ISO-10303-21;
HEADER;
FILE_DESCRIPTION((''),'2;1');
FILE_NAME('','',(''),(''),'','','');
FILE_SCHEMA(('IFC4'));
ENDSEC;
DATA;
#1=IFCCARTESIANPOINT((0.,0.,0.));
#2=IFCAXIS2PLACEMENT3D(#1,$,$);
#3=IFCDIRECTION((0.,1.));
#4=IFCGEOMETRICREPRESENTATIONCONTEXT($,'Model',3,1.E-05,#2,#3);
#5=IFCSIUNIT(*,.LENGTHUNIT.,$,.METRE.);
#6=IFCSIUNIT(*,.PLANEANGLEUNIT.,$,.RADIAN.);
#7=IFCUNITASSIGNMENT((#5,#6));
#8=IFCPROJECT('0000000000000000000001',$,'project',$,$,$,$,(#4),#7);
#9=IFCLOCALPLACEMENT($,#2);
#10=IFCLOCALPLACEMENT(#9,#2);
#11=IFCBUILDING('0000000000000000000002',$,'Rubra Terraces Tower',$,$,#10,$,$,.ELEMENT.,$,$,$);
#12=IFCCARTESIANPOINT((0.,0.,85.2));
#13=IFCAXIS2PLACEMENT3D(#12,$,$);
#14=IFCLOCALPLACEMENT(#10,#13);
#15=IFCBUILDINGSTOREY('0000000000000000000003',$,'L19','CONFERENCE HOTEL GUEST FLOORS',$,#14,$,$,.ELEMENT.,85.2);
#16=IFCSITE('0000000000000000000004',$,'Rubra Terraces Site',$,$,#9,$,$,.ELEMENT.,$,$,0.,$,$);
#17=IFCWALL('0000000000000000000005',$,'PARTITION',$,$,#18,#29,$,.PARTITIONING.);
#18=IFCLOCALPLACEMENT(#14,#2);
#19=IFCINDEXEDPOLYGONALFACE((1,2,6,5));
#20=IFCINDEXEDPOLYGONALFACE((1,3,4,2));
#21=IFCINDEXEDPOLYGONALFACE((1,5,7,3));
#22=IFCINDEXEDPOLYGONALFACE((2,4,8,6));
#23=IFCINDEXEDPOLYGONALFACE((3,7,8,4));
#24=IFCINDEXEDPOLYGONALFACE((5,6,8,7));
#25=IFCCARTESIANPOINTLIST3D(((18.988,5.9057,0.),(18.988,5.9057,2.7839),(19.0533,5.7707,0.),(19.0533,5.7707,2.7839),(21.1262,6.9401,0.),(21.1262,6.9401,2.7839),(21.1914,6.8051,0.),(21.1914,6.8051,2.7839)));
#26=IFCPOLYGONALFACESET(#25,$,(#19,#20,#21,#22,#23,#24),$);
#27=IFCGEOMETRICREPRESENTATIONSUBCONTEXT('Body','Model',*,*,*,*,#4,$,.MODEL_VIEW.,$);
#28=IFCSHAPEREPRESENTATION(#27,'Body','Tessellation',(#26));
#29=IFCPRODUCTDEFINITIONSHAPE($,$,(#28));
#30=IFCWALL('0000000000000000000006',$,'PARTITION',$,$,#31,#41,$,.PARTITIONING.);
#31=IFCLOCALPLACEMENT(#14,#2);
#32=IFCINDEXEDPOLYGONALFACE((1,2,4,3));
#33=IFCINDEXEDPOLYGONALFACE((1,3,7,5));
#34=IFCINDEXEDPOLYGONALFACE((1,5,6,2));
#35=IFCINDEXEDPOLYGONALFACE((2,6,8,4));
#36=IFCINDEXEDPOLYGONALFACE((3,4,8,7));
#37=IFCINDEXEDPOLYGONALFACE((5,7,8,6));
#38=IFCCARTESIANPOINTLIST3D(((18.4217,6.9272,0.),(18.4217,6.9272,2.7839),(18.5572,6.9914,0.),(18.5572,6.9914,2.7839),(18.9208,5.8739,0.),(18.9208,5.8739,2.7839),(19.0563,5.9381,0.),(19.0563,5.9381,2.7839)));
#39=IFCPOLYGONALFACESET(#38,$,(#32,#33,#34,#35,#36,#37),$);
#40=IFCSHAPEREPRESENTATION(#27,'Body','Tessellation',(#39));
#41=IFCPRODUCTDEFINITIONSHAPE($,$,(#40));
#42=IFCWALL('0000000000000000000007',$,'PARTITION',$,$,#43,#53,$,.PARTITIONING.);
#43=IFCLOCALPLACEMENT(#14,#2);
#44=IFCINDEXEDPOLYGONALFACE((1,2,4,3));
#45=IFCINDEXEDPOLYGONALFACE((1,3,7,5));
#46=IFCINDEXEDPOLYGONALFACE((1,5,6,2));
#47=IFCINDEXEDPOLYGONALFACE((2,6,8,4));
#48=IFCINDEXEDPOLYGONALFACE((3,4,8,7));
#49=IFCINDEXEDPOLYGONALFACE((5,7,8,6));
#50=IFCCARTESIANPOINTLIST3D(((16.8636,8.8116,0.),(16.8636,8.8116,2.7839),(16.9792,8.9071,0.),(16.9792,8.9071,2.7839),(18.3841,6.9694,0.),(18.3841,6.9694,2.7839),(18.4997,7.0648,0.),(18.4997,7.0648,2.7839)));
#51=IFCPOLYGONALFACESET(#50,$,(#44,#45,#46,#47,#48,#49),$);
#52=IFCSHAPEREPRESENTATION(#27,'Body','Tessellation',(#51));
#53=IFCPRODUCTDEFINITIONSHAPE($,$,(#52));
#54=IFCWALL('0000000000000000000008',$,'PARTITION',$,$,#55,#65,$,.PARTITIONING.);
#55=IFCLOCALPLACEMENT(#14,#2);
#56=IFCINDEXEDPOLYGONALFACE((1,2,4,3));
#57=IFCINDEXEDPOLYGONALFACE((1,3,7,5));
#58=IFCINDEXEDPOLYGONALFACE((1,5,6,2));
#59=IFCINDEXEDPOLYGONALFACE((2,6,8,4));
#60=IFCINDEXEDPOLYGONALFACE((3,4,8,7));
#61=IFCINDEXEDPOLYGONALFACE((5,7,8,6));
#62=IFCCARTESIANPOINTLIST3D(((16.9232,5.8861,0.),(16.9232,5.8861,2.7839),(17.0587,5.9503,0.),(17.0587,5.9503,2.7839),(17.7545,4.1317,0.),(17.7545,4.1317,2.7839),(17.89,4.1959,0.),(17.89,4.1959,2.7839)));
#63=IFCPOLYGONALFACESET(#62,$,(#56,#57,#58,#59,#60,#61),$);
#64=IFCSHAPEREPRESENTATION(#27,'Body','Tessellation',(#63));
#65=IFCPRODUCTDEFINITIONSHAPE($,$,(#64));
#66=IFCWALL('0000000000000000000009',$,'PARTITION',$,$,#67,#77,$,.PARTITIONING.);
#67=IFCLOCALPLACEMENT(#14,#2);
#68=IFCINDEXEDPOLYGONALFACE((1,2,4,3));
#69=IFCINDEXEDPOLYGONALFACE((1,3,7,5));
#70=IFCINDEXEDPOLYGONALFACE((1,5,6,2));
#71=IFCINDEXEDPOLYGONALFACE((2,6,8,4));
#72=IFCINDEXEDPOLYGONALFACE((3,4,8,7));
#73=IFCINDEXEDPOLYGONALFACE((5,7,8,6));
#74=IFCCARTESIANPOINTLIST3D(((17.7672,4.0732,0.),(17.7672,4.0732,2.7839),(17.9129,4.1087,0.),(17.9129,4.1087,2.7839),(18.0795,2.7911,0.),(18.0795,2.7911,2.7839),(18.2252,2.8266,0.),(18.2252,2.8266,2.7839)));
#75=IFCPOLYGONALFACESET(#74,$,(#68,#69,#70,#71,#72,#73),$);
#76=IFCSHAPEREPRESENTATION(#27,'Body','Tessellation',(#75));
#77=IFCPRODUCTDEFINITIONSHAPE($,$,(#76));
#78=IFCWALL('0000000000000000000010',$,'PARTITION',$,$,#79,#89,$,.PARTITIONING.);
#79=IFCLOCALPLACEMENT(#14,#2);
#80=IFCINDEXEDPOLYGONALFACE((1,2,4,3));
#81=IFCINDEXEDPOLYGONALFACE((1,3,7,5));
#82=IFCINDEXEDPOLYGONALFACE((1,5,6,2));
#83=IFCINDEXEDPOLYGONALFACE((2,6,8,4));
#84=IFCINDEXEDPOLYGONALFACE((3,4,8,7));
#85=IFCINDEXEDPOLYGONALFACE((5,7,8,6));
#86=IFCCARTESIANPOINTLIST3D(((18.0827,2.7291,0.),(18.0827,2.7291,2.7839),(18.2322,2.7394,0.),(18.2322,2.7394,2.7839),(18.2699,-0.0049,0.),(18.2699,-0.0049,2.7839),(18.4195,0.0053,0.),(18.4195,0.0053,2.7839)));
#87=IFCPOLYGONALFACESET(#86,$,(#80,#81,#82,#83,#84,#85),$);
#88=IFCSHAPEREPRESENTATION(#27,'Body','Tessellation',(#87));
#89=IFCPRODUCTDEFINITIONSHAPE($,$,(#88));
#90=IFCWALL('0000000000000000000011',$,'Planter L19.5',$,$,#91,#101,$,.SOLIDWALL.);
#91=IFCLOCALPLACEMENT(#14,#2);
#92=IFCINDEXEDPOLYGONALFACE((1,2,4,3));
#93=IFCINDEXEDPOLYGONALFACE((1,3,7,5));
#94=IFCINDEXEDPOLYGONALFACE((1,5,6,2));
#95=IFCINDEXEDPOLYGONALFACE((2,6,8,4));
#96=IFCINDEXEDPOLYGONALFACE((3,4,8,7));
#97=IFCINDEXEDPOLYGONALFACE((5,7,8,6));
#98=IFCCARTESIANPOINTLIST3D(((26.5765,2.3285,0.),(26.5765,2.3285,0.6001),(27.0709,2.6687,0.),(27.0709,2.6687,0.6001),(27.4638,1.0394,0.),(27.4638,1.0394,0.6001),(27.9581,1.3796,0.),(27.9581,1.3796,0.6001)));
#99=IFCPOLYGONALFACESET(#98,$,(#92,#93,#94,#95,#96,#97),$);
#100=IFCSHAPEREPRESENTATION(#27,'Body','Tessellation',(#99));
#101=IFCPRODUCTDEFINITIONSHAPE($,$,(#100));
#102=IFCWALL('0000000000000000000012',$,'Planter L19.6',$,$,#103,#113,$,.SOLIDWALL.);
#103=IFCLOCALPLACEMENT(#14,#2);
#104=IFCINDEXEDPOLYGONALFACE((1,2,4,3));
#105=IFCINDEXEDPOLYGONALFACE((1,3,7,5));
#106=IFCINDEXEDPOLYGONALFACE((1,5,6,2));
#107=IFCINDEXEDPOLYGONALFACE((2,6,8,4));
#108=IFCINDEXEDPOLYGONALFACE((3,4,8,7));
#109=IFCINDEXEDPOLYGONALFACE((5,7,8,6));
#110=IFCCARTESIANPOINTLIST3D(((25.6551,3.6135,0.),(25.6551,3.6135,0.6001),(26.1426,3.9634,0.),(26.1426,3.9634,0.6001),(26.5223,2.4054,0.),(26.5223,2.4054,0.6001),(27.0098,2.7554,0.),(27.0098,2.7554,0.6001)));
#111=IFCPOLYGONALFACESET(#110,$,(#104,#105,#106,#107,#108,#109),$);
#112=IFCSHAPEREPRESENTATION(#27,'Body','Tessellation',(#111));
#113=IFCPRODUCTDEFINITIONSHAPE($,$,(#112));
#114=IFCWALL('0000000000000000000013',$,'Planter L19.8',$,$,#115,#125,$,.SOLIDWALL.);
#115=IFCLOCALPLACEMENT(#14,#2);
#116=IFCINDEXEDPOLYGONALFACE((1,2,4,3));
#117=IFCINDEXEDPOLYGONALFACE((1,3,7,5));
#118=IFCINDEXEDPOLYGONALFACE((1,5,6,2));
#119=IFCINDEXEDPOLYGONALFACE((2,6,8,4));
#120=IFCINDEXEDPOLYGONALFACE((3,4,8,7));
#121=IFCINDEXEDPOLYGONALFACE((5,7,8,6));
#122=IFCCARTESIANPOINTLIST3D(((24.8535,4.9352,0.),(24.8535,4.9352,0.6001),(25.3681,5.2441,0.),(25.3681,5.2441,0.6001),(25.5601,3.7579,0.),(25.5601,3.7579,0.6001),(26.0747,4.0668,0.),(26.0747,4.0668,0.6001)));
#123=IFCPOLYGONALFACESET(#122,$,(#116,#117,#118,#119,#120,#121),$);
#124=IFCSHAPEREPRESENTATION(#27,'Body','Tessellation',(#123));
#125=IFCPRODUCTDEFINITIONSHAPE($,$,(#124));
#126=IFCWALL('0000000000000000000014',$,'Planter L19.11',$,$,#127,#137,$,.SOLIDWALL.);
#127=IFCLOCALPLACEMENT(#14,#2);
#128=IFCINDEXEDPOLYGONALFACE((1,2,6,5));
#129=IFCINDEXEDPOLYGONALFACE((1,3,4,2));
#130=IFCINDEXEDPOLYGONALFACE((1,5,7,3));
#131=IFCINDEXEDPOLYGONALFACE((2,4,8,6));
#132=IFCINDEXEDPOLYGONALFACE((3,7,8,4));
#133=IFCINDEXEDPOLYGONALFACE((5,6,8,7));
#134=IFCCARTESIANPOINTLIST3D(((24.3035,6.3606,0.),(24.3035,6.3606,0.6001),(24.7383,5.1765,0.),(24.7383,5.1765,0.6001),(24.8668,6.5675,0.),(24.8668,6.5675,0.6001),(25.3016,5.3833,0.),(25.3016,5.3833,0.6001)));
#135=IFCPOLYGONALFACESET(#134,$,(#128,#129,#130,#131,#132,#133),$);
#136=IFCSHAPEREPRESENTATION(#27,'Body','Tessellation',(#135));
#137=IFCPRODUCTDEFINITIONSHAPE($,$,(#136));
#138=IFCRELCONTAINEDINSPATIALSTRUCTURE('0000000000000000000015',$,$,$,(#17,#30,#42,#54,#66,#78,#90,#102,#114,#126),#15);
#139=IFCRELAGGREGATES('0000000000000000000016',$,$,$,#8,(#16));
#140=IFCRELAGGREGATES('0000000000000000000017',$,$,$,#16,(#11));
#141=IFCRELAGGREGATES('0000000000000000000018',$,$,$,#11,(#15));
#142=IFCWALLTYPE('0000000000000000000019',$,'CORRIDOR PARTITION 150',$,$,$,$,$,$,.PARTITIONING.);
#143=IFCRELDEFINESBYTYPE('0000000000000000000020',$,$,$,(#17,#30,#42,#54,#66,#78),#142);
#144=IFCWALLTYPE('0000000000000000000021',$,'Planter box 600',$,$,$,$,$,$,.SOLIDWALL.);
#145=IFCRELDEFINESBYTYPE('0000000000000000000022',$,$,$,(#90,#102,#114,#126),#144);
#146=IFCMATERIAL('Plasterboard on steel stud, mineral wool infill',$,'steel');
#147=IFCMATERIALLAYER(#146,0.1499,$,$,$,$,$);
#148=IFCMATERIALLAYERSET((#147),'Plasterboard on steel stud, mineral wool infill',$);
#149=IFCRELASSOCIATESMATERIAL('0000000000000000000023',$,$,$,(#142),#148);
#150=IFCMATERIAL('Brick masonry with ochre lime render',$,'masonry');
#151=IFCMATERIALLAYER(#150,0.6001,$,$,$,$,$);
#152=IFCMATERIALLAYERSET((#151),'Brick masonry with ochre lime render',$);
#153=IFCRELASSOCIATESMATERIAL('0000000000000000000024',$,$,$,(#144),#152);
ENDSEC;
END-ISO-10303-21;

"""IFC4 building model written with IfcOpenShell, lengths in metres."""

from ifc_helpers import new_model, si_unit, direction, frame, frame_2d, origin, place, context, subcontext, project, spatial, rectangle, extrude, material, layer, layer_set, type_object, element, save


model = new_model("IFC4")

# Units and contexts
model_context = context("Model", 3, precision=1e-05, world=origin(), true_north=direction((0.0, 1.0)))
body_context = subcontext(model_context, "Body", "Model", "MODEL_VIEW")
ifc_project = project(units=[si_unit("LENGTHUNIT", "METRE"), si_unit("PLANEANGLEUNIT", "RADIAN")], contexts=[model_context])

# Site, building, storey
site_placement = place(None, origin())
site = spatial("IfcSite", under=ifc_project, at=site_placement, Name="Rubra Terraces Site", CompositionType="ELEMENT", RefElevation=0.0)
building_placement = place(site_placement, origin())
building = spatial("IfcBuilding", under=site, at=building_placement, Name="Rubra Terraces Tower", CompositionType="ELEMENT")
storey_placement = place(building_placement, frame((0.0, 0.0, 85.2)))
storey = spatial("IfcBuildingStorey", under=building, at=storey_placement, Name="L19", Description="CONFERENCE HOTEL GUEST FLOORS", CompositionType="ELEMENT", Elevation=85.2)

# Walls
ifc_material_1 = material(Name="Plasterboard on steel stud, mineral wool infill", Category="steel")
ifc_layer_1 = layer(ifc_material_1, 0.1499)
ifc_layer_set_1 = layer_set([ifc_layer_1], Name="Plasterboard on steel stud, mineral wool infill")
wall_type_1 = type_object("IfcWallType", Name="CORRIDOR PARTITION 150", PredefinedType="PARTITIONING", material=ifc_layer_set_1)
wall_1_placement = place(storey_placement, frame((21.1587, 6.8726, 0.0), z_axis=(0.0, 0.0, 1.0), x_axis=(-0.900189, -0.435499, 0.0)))
element("IfcWall", 1, at=wall_1_placement, inside=storey, type_object=wall_type_1, Name="PARTITION", PredefinedType="PARTITIONING", context=body_context, shape_type="SweptSolid", body=[
    extrude(rectangle(XDim=2.3752, YDim=0.1499, at=frame_2d((1.1875, 0.0))), origin(), (0.0, 0.0, 1.0), 2.7839),
])
wall_2_placement = place(storey_placement, frame((18.9885, 5.906, 0.0), z_axis=(0.0, 0.0, 1.0), x_axis=(-0.428176, 0.903695, 0.0)))
element("IfcWall", 2, at=wall_2_placement, inside=storey, type_object=wall_type_1, Name="PARTITION", PredefinedType="PARTITIONING", context=body_context, shape_type="SweptSolid", body=[
    extrude(rectangle(XDim=1.1655, YDim=0.1499, at=frame_2d((0.5828, 0.0))), origin(), (0.0, 0.0, 1.0), 2.7839),
])
wall_3_placement = place(storey_placement, frame((18.4419, 7.0171, 0.0), z_axis=(0.0, 0.0, 1.0), x_axis=(-0.636538, 0.771245, 0.0)))
element("IfcWall", 3, at=wall_3_placement, inside=storey, type_object=wall_type_1, Name="PARTITION", PredefinedType="PARTITIONING", context=body_context, shape_type="SweptSolid", body=[
    extrude(rectangle(XDim=2.3887, YDim=0.1499, at=frame_2d((1.1943, 0.0))), origin(), (0.0, 0.0, 1.0), 2.7839),
])
wall_4_placement = place(storey_placement, frame((16.991, 5.9182, 0.0), z_axis=(0.0, 0.0, 1.0), x_axis=(0.4282, -0.903684, 0.0)))
element("IfcWall", 4, at=wall_4_placement, inside=storey, type_object=wall_type_1, Name="PARTITION", PredefinedType="PARTITIONING", context=body_context, shape_type="SweptSolid", body=[
    extrude(rectangle(XDim=1.9414, YDim=0.1499, at=frame_2d((0.9707, 0.0))), origin(), (0.0, 0.0, 1.0), 2.7839),
])
wall_5_placement = place(storey_placement, frame((17.8401, 4.0908, 0.0), z_axis=(0.0, 0.0, 1.0), x_axis=(0.236654, -0.971594, 0.0)))
element("IfcWall", 5, at=wall_5_placement, inside=storey, type_object=wall_type_1, Name="PARTITION", PredefinedType="PARTITIONING", context=body_context, shape_type="SweptSolid", body=[
    extrude(rectangle(XDim=1.3196, YDim=0.1499, at=frame_2d((0.6597, 0.0))), origin(), (0.0, 0.0, 1.0), 2.7839),
])
wall_6_placement = place(storey_placement, frame((18.1575, 2.7341, 0.0), z_axis=(0.0, 0.0, 1.0), x_axis=(0.068328, -0.997663, 0.0)))
element("IfcWall", 6, at=wall_6_placement, inside=storey, type_object=wall_type_1, Name="PARTITION", PredefinedType="PARTITIONING", context=body_context, shape_type="SweptSolid", body=[
    extrude(rectangle(XDim=2.7405, YDim=0.1499, at=frame_2d((1.3701, 0.0))), origin(), (0.0, 0.0, 1.0), 2.7839),
])

# Shared definitions
ifc_material_2 = material(Name="Brick masonry with ochre lime render", Category="masonry")

# Walls
ifc_layer_2 = layer(ifc_material_2, 0.6001)
ifc_layer_set_2 = layer_set([ifc_layer_2], Name="Brick masonry with ochre lime render")
wall_type_2 = type_object("IfcWallType", Name="Planter box 600", PredefinedType="SOLIDWALL", material=ifc_layer_set_2)
wall_7_placement = place(storey_placement, frame((27.7109, 1.2095, 0.0), z_axis=(0.0, 0.0, 1.0), x_axis=(-0.566953, 0.82375, 0.0)))
element("IfcWall", 7, at=wall_7_placement, inside=storey, type_object=wall_type_2, Name="Planter L19.5", PredefinedType="SOLIDWALL", context=body_context, shape_type="SweptSolid", body=[
    extrude(rectangle(XDim=1.5649, YDim=0.6001, at=frame_2d((0.7825, 0.0))), origin(), (0.0, 0.0, 1.0), 0.6001),
])
wall_8_placement = place(storey_placement, frame((26.7661, 2.5803, 0.0), z_axis=(0.0, 0.0, 1.0), x_axis=(-0.583162, 0.812356, 0.0)))
element("IfcWall", 8, at=wall_8_placement, inside=storey, type_object=wall_type_2, Name="Planter L19.6", PredefinedType="SOLIDWALL", context=body_context, shape_type="SweptSolid", body=[
    extrude(rectangle(XDim=1.4871, YDim=0.6001, at=frame_2d((0.7437, 0.0))), origin(), (0.0, 0.0, 1.0), 0.6001),
])
wall_9_placement = place(storey_placement, frame((25.8174, 3.9124, 0.0), z_axis=(0.0, 0.0, 1.0), x_axis=(-0.5146, 0.85743, 0.0)))
element("IfcWall", 9, at=wall_9_placement, inside=storey, type_object=wall_type_2, Name="Planter L19.8", PredefinedType="SOLIDWALL", context=body_context, shape_type="SweptSolid", body=[
    extrude(rectangle(XDim=1.373, YDim=0.6001, at=frame_2d((0.6865, 0.0))), origin(), (0.0, 0.0, 1.0), 0.6001),
])
wall_10_placement = place(storey_placement, frame((25.02, 5.2798, 0.0), z_axis=(0.0, 0.0, 1.0), x_axis=(-0.34471, 0.938709, 0.0)))
element("IfcWall", 10, at=wall_10_placement, inside=storey, type_object=wall_type_2, Name="Planter L19.11", PredefinedType="SOLIDWALL", context=body_context, shape_type="SweptSolid", body=[
    extrude(rectangle(XDim=1.2615, YDim=0.6001, at=frame_2d((0.6309, 0.0))), origin(), (0.0, 0.0, 1.0), 0.6001),
])

save(model, "model.ifc")
